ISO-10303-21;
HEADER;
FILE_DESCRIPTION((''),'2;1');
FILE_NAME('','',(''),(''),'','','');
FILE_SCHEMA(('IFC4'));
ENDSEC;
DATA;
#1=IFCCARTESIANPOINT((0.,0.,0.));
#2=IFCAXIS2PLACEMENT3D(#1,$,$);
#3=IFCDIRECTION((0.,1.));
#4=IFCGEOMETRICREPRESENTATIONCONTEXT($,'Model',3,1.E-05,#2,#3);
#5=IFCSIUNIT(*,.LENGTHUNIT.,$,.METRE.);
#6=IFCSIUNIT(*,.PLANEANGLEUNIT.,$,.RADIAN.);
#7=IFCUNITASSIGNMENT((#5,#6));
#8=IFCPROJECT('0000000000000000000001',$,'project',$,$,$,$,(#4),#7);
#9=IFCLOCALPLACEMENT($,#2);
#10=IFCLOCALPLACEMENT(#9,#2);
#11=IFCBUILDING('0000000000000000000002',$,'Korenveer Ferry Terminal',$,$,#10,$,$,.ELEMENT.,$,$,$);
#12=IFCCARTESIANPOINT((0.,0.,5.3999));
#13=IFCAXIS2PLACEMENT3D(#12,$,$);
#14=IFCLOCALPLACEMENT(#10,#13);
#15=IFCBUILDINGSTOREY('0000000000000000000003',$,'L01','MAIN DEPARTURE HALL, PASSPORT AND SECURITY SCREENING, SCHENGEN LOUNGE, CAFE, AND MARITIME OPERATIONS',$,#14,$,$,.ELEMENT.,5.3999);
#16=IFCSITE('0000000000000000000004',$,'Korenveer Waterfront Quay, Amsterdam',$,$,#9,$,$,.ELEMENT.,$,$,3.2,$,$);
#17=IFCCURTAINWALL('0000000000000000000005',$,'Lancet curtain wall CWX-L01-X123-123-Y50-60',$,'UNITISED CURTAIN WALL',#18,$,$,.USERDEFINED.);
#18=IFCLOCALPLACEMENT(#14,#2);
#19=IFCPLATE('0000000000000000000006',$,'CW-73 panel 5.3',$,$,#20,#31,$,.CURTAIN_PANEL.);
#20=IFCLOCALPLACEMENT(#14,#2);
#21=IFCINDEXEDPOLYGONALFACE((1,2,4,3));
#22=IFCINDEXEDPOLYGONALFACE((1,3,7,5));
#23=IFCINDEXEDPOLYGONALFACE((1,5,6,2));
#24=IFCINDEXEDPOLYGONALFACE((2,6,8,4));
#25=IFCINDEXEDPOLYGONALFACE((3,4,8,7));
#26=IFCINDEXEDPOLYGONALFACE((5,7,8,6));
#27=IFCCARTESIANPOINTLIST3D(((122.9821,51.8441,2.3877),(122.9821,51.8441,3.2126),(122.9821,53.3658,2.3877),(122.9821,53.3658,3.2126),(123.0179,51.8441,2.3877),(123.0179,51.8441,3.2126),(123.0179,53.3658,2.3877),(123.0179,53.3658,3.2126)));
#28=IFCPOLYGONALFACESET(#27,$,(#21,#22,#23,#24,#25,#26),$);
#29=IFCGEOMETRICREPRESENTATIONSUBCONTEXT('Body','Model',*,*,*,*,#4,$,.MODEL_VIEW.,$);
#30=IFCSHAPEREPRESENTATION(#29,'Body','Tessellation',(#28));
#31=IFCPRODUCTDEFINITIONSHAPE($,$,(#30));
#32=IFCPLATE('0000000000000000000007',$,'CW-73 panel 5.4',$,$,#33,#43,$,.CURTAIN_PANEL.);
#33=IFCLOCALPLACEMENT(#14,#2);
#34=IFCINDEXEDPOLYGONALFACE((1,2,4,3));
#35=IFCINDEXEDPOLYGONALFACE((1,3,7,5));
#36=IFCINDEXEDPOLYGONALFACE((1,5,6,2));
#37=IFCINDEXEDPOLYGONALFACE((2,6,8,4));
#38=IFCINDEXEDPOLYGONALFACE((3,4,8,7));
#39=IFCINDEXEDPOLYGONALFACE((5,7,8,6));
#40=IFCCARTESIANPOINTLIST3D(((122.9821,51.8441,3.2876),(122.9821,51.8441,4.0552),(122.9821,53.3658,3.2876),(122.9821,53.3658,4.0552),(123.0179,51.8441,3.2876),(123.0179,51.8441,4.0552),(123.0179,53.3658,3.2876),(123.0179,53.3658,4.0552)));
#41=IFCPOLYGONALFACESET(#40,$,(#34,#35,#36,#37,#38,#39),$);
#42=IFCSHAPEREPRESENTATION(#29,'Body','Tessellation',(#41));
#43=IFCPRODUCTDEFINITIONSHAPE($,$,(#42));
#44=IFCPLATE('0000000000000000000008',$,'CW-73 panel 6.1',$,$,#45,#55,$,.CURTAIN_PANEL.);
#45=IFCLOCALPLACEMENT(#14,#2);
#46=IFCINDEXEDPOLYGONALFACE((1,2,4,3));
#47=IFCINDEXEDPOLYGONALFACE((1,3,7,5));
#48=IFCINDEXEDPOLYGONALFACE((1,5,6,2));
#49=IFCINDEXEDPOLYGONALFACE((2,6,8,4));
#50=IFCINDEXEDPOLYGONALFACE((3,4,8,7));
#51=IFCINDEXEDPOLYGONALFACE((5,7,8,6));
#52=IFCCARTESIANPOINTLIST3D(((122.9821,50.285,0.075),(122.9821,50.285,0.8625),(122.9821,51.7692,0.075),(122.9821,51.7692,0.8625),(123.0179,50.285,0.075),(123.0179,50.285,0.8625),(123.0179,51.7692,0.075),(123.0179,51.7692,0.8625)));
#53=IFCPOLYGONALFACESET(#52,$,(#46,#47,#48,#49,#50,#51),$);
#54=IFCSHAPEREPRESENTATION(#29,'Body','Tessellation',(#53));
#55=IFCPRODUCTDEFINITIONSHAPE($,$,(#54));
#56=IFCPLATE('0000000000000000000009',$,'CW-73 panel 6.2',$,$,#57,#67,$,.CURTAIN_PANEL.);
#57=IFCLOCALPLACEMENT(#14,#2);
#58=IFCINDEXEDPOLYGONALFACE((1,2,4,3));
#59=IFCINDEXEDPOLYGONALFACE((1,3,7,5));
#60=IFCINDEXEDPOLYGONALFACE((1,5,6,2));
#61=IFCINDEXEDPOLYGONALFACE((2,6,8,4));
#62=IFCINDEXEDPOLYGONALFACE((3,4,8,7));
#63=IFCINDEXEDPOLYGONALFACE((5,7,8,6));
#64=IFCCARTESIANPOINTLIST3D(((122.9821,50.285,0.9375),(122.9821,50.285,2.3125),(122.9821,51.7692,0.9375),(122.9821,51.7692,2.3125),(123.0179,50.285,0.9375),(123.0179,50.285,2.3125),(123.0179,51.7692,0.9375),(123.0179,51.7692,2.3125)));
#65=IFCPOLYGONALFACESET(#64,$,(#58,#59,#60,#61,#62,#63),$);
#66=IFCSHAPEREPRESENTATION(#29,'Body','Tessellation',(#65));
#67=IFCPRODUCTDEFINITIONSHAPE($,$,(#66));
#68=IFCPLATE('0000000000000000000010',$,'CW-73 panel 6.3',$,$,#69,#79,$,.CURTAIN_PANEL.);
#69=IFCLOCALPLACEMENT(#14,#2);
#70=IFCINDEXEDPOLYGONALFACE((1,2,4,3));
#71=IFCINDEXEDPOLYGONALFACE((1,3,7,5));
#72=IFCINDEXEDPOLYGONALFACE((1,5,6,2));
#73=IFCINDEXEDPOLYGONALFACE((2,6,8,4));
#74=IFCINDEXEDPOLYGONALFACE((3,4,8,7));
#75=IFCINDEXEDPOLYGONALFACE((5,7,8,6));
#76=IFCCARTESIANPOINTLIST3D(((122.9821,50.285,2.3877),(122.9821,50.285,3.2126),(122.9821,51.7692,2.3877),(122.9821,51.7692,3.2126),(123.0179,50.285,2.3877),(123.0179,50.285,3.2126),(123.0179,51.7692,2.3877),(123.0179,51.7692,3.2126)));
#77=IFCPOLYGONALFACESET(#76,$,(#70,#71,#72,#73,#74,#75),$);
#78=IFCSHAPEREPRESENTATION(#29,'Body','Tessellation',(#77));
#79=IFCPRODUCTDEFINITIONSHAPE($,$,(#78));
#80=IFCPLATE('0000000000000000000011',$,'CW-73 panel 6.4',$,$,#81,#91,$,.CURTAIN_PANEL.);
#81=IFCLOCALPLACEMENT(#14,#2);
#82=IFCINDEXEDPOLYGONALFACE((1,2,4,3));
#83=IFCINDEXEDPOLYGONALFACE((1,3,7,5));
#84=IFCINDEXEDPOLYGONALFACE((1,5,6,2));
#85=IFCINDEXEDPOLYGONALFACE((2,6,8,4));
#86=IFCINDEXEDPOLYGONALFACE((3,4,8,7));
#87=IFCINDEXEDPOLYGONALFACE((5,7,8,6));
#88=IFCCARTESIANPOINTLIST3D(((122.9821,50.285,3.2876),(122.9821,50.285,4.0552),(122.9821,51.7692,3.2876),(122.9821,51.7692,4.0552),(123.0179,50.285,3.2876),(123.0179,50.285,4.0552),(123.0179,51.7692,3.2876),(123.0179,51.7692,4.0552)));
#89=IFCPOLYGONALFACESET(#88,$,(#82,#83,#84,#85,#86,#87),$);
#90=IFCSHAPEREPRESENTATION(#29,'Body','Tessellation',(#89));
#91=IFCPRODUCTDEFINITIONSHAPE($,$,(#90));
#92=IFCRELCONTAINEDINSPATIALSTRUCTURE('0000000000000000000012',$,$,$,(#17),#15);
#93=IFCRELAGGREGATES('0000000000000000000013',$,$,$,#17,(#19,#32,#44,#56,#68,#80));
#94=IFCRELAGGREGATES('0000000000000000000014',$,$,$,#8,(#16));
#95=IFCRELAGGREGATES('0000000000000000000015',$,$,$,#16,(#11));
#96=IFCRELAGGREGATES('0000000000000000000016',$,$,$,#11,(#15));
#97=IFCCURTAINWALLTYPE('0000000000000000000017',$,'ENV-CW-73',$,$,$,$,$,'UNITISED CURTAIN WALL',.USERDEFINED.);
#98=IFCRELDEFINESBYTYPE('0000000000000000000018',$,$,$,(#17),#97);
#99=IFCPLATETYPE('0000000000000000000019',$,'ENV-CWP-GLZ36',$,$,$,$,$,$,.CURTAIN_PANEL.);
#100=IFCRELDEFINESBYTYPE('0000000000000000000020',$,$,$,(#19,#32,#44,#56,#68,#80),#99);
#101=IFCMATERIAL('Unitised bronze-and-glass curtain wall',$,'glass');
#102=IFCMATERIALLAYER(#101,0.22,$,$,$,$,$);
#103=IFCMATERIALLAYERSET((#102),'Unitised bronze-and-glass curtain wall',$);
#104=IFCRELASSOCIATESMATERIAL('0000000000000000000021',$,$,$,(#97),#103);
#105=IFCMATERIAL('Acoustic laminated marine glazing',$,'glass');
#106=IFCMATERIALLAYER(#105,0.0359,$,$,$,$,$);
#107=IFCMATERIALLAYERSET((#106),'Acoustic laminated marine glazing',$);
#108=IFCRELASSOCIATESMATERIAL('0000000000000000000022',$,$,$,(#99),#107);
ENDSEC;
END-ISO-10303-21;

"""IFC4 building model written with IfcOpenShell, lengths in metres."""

from ifc_helpers import new_model, si_unit, direction, frame, origin, origin_2d, place, context, subcontext, project, spatial, rectangle, extrude, material, layer, layer_set, type_object, element, aggregate, save


model = new_model("IFC4")

# Units and contexts
model_context = context("Model", 3, precision=1e-05, world=origin(), true_north=direction((0.0, 1.0)))
body_context = subcontext(model_context, "Body", "Model", "MODEL_VIEW")
ifc_project = project(units=[si_unit("LENGTHUNIT", "METRE"), si_unit("PLANEANGLEUNIT", "RADIAN")], contexts=[model_context])

# Site, building, storey
site_placement = place(None, origin())
site = spatial("IfcSite", under=ifc_project, at=site_placement, Name="Korenveer Waterfront Quay, Amsterdam", CompositionType="ELEMENT", RefElevation=3.2)
building_placement = place(site_placement, origin())
building = spatial("IfcBuilding", under=site, at=building_placement, Name="Korenveer Ferry Terminal", CompositionType="ELEMENT")
storey_placement = place(building_placement, frame((0.0, 0.0, 5.3999)))
storey = spatial("IfcBuildingStorey", under=building, at=storey_placement, Name="L01", Description="MAIN DEPARTURE HALL, PASSPORT AND SECURITY SCREENING, SCHENGEN LOUNGE, CAFE, AND MARITIME OPERATIONS", CompositionType="ELEMENT", Elevation=5.3999)

# Curtain wall, plates
ifc_material_1 = material(Name="Unitised bronze-and-glass curtain wall", Category="glass")
ifc_layer_1 = layer(ifc_material_1, 0.22)
ifc_layer_set_1 = layer_set([ifc_layer_1], Name="Unitised bronze-and-glass curtain wall")
curtain_wall_type = type_object("IfcCurtainWallType", Name="ENV-CW-73", ElementType="UNITISED CURTAIN WALL", PredefinedType="USERDEFINED", material=ifc_layer_set_1)
curtain_wall_placement = place(storey_placement, frame((123.0, 59.79, 0.0)))
curtain_wall = element("IfcCurtainWall", 1, at=curtain_wall_placement, inside=storey, type_object=curtain_wall_type, Name="Lancet curtain wall CWX-L01-X123-123-Y50-60", ObjectType="UNITISED CURTAIN WALL", PredefinedType="USERDEFINED")
ifc_material_2 = material(Name="Acoustic laminated marine glazing", Category="glass")
ifc_layer_2 = layer(ifc_material_2, 0.0359)
ifc_layer_set_2 = layer_set([ifc_layer_2], Name="Acoustic laminated marine glazing")
plate_type = type_object("IfcPlateType", Name="ENV-CWP-GLZ36", PredefinedType="CURTAIN_PANEL", material=ifc_layer_set_2)
plate_1_placement = place(storey_placement, frame((123.0, 52.605, 2.3877), z_axis=(0.0, 0.0, 1.0), x_axis=(0.0, -1.0, 0.0)))
plate_1 = element("IfcPlate", 2, at=plate_1_placement, type_object=plate_type, Name="CW-73 panel 5.3", PredefinedType="CURTAIN_PANEL", context=body_context, shape_type="SweptSolid", body=[
    extrude(rectangle(XDim=1.5217, YDim=0.0359, at=origin_2d()), origin(), (0.0, 0.0, 1.0), 0.825),
])
plate_2_placement = place(storey_placement, frame((123.0, 52.605, 3.2876), z_axis=(0.0, 0.0, 1.0), x_axis=(0.0, -1.0, 0.0)))
plate_2 = element("IfcPlate", 3, at=plate_2_placement, type_object=plate_type, Name="CW-73 panel 5.4", PredefinedType="CURTAIN_PANEL", context=body_context, shape_type="SweptSolid", body=[
    extrude(rectangle(XDim=1.5217, YDim=0.0359, at=origin_2d()), origin(), (0.0, 0.0, 1.0), 0.7676),
])
plate_3_placement = place(storey_placement, frame((123.0, 51.0271, 0.075), z_axis=(0.0, 0.0, 1.0), x_axis=(0.0, -1.0, 0.0)))
plate_3 = element("IfcPlate", 4, at=plate_3_placement, type_object=plate_type, Name="CW-73 panel 6.1", PredefinedType="CURTAIN_PANEL", context=body_context, shape_type="SweptSolid", body=[
    extrude(rectangle(XDim=1.4841, YDim=0.0359, at=origin_2d()), origin(), (0.0, 0.0, 1.0), 0.7876),
])
plate_4_placement = place(storey_placement, frame((123.0, 51.0271, 0.9375), z_axis=(0.0, 0.0, 1.0), x_axis=(0.0, -1.0, 0.0)))
plate_4 = element("IfcPlate", 5, at=plate_4_placement, type_object=plate_type, Name="CW-73 panel 6.2", PredefinedType="CURTAIN_PANEL", context=body_context, shape_type="SweptSolid", body=[
    extrude(rectangle(XDim=1.4841, YDim=0.0359, at=origin_2d()), origin(), (0.0, 0.0, 1.0), 1.375),
])
plate_5_placement = place(storey_placement, frame((123.0, 51.0271, 2.3877), z_axis=(0.0, 0.0, 1.0), x_axis=(0.0, -1.0, 0.0)))
plate_5 = element("IfcPlate", 6, at=plate_5_placement, type_object=plate_type, Name="CW-73 panel 6.3", PredefinedType="CURTAIN_PANEL", context=body_context, shape_type="SweptSolid", body=[
    extrude(rectangle(XDim=1.4841, YDim=0.0359, at=origin_2d()), origin(), (0.0, 0.0, 1.0), 0.825),
])
plate_6_placement = place(storey_placement, frame((123.0, 51.0271, 3.2876), z_axis=(0.0, 0.0, 1.0), x_axis=(0.0, -1.0, 0.0)))
plate_6 = element("IfcPlate", 7, at=plate_6_placement, type_object=plate_type, Name="CW-73 panel 6.4", PredefinedType="CURTAIN_PANEL", context=body_context, shape_type="SweptSolid", body=[
    extrude(rectangle(XDim=1.4841, YDim=0.0359, at=origin_2d()), origin(), (0.0, 0.0, 1.0), 0.7676),
])
aggregate(curtain_wall, [plate_1, plate_2, plate_3, plate_4, plate_5, plate_6])

save(model, "model.ifc")
